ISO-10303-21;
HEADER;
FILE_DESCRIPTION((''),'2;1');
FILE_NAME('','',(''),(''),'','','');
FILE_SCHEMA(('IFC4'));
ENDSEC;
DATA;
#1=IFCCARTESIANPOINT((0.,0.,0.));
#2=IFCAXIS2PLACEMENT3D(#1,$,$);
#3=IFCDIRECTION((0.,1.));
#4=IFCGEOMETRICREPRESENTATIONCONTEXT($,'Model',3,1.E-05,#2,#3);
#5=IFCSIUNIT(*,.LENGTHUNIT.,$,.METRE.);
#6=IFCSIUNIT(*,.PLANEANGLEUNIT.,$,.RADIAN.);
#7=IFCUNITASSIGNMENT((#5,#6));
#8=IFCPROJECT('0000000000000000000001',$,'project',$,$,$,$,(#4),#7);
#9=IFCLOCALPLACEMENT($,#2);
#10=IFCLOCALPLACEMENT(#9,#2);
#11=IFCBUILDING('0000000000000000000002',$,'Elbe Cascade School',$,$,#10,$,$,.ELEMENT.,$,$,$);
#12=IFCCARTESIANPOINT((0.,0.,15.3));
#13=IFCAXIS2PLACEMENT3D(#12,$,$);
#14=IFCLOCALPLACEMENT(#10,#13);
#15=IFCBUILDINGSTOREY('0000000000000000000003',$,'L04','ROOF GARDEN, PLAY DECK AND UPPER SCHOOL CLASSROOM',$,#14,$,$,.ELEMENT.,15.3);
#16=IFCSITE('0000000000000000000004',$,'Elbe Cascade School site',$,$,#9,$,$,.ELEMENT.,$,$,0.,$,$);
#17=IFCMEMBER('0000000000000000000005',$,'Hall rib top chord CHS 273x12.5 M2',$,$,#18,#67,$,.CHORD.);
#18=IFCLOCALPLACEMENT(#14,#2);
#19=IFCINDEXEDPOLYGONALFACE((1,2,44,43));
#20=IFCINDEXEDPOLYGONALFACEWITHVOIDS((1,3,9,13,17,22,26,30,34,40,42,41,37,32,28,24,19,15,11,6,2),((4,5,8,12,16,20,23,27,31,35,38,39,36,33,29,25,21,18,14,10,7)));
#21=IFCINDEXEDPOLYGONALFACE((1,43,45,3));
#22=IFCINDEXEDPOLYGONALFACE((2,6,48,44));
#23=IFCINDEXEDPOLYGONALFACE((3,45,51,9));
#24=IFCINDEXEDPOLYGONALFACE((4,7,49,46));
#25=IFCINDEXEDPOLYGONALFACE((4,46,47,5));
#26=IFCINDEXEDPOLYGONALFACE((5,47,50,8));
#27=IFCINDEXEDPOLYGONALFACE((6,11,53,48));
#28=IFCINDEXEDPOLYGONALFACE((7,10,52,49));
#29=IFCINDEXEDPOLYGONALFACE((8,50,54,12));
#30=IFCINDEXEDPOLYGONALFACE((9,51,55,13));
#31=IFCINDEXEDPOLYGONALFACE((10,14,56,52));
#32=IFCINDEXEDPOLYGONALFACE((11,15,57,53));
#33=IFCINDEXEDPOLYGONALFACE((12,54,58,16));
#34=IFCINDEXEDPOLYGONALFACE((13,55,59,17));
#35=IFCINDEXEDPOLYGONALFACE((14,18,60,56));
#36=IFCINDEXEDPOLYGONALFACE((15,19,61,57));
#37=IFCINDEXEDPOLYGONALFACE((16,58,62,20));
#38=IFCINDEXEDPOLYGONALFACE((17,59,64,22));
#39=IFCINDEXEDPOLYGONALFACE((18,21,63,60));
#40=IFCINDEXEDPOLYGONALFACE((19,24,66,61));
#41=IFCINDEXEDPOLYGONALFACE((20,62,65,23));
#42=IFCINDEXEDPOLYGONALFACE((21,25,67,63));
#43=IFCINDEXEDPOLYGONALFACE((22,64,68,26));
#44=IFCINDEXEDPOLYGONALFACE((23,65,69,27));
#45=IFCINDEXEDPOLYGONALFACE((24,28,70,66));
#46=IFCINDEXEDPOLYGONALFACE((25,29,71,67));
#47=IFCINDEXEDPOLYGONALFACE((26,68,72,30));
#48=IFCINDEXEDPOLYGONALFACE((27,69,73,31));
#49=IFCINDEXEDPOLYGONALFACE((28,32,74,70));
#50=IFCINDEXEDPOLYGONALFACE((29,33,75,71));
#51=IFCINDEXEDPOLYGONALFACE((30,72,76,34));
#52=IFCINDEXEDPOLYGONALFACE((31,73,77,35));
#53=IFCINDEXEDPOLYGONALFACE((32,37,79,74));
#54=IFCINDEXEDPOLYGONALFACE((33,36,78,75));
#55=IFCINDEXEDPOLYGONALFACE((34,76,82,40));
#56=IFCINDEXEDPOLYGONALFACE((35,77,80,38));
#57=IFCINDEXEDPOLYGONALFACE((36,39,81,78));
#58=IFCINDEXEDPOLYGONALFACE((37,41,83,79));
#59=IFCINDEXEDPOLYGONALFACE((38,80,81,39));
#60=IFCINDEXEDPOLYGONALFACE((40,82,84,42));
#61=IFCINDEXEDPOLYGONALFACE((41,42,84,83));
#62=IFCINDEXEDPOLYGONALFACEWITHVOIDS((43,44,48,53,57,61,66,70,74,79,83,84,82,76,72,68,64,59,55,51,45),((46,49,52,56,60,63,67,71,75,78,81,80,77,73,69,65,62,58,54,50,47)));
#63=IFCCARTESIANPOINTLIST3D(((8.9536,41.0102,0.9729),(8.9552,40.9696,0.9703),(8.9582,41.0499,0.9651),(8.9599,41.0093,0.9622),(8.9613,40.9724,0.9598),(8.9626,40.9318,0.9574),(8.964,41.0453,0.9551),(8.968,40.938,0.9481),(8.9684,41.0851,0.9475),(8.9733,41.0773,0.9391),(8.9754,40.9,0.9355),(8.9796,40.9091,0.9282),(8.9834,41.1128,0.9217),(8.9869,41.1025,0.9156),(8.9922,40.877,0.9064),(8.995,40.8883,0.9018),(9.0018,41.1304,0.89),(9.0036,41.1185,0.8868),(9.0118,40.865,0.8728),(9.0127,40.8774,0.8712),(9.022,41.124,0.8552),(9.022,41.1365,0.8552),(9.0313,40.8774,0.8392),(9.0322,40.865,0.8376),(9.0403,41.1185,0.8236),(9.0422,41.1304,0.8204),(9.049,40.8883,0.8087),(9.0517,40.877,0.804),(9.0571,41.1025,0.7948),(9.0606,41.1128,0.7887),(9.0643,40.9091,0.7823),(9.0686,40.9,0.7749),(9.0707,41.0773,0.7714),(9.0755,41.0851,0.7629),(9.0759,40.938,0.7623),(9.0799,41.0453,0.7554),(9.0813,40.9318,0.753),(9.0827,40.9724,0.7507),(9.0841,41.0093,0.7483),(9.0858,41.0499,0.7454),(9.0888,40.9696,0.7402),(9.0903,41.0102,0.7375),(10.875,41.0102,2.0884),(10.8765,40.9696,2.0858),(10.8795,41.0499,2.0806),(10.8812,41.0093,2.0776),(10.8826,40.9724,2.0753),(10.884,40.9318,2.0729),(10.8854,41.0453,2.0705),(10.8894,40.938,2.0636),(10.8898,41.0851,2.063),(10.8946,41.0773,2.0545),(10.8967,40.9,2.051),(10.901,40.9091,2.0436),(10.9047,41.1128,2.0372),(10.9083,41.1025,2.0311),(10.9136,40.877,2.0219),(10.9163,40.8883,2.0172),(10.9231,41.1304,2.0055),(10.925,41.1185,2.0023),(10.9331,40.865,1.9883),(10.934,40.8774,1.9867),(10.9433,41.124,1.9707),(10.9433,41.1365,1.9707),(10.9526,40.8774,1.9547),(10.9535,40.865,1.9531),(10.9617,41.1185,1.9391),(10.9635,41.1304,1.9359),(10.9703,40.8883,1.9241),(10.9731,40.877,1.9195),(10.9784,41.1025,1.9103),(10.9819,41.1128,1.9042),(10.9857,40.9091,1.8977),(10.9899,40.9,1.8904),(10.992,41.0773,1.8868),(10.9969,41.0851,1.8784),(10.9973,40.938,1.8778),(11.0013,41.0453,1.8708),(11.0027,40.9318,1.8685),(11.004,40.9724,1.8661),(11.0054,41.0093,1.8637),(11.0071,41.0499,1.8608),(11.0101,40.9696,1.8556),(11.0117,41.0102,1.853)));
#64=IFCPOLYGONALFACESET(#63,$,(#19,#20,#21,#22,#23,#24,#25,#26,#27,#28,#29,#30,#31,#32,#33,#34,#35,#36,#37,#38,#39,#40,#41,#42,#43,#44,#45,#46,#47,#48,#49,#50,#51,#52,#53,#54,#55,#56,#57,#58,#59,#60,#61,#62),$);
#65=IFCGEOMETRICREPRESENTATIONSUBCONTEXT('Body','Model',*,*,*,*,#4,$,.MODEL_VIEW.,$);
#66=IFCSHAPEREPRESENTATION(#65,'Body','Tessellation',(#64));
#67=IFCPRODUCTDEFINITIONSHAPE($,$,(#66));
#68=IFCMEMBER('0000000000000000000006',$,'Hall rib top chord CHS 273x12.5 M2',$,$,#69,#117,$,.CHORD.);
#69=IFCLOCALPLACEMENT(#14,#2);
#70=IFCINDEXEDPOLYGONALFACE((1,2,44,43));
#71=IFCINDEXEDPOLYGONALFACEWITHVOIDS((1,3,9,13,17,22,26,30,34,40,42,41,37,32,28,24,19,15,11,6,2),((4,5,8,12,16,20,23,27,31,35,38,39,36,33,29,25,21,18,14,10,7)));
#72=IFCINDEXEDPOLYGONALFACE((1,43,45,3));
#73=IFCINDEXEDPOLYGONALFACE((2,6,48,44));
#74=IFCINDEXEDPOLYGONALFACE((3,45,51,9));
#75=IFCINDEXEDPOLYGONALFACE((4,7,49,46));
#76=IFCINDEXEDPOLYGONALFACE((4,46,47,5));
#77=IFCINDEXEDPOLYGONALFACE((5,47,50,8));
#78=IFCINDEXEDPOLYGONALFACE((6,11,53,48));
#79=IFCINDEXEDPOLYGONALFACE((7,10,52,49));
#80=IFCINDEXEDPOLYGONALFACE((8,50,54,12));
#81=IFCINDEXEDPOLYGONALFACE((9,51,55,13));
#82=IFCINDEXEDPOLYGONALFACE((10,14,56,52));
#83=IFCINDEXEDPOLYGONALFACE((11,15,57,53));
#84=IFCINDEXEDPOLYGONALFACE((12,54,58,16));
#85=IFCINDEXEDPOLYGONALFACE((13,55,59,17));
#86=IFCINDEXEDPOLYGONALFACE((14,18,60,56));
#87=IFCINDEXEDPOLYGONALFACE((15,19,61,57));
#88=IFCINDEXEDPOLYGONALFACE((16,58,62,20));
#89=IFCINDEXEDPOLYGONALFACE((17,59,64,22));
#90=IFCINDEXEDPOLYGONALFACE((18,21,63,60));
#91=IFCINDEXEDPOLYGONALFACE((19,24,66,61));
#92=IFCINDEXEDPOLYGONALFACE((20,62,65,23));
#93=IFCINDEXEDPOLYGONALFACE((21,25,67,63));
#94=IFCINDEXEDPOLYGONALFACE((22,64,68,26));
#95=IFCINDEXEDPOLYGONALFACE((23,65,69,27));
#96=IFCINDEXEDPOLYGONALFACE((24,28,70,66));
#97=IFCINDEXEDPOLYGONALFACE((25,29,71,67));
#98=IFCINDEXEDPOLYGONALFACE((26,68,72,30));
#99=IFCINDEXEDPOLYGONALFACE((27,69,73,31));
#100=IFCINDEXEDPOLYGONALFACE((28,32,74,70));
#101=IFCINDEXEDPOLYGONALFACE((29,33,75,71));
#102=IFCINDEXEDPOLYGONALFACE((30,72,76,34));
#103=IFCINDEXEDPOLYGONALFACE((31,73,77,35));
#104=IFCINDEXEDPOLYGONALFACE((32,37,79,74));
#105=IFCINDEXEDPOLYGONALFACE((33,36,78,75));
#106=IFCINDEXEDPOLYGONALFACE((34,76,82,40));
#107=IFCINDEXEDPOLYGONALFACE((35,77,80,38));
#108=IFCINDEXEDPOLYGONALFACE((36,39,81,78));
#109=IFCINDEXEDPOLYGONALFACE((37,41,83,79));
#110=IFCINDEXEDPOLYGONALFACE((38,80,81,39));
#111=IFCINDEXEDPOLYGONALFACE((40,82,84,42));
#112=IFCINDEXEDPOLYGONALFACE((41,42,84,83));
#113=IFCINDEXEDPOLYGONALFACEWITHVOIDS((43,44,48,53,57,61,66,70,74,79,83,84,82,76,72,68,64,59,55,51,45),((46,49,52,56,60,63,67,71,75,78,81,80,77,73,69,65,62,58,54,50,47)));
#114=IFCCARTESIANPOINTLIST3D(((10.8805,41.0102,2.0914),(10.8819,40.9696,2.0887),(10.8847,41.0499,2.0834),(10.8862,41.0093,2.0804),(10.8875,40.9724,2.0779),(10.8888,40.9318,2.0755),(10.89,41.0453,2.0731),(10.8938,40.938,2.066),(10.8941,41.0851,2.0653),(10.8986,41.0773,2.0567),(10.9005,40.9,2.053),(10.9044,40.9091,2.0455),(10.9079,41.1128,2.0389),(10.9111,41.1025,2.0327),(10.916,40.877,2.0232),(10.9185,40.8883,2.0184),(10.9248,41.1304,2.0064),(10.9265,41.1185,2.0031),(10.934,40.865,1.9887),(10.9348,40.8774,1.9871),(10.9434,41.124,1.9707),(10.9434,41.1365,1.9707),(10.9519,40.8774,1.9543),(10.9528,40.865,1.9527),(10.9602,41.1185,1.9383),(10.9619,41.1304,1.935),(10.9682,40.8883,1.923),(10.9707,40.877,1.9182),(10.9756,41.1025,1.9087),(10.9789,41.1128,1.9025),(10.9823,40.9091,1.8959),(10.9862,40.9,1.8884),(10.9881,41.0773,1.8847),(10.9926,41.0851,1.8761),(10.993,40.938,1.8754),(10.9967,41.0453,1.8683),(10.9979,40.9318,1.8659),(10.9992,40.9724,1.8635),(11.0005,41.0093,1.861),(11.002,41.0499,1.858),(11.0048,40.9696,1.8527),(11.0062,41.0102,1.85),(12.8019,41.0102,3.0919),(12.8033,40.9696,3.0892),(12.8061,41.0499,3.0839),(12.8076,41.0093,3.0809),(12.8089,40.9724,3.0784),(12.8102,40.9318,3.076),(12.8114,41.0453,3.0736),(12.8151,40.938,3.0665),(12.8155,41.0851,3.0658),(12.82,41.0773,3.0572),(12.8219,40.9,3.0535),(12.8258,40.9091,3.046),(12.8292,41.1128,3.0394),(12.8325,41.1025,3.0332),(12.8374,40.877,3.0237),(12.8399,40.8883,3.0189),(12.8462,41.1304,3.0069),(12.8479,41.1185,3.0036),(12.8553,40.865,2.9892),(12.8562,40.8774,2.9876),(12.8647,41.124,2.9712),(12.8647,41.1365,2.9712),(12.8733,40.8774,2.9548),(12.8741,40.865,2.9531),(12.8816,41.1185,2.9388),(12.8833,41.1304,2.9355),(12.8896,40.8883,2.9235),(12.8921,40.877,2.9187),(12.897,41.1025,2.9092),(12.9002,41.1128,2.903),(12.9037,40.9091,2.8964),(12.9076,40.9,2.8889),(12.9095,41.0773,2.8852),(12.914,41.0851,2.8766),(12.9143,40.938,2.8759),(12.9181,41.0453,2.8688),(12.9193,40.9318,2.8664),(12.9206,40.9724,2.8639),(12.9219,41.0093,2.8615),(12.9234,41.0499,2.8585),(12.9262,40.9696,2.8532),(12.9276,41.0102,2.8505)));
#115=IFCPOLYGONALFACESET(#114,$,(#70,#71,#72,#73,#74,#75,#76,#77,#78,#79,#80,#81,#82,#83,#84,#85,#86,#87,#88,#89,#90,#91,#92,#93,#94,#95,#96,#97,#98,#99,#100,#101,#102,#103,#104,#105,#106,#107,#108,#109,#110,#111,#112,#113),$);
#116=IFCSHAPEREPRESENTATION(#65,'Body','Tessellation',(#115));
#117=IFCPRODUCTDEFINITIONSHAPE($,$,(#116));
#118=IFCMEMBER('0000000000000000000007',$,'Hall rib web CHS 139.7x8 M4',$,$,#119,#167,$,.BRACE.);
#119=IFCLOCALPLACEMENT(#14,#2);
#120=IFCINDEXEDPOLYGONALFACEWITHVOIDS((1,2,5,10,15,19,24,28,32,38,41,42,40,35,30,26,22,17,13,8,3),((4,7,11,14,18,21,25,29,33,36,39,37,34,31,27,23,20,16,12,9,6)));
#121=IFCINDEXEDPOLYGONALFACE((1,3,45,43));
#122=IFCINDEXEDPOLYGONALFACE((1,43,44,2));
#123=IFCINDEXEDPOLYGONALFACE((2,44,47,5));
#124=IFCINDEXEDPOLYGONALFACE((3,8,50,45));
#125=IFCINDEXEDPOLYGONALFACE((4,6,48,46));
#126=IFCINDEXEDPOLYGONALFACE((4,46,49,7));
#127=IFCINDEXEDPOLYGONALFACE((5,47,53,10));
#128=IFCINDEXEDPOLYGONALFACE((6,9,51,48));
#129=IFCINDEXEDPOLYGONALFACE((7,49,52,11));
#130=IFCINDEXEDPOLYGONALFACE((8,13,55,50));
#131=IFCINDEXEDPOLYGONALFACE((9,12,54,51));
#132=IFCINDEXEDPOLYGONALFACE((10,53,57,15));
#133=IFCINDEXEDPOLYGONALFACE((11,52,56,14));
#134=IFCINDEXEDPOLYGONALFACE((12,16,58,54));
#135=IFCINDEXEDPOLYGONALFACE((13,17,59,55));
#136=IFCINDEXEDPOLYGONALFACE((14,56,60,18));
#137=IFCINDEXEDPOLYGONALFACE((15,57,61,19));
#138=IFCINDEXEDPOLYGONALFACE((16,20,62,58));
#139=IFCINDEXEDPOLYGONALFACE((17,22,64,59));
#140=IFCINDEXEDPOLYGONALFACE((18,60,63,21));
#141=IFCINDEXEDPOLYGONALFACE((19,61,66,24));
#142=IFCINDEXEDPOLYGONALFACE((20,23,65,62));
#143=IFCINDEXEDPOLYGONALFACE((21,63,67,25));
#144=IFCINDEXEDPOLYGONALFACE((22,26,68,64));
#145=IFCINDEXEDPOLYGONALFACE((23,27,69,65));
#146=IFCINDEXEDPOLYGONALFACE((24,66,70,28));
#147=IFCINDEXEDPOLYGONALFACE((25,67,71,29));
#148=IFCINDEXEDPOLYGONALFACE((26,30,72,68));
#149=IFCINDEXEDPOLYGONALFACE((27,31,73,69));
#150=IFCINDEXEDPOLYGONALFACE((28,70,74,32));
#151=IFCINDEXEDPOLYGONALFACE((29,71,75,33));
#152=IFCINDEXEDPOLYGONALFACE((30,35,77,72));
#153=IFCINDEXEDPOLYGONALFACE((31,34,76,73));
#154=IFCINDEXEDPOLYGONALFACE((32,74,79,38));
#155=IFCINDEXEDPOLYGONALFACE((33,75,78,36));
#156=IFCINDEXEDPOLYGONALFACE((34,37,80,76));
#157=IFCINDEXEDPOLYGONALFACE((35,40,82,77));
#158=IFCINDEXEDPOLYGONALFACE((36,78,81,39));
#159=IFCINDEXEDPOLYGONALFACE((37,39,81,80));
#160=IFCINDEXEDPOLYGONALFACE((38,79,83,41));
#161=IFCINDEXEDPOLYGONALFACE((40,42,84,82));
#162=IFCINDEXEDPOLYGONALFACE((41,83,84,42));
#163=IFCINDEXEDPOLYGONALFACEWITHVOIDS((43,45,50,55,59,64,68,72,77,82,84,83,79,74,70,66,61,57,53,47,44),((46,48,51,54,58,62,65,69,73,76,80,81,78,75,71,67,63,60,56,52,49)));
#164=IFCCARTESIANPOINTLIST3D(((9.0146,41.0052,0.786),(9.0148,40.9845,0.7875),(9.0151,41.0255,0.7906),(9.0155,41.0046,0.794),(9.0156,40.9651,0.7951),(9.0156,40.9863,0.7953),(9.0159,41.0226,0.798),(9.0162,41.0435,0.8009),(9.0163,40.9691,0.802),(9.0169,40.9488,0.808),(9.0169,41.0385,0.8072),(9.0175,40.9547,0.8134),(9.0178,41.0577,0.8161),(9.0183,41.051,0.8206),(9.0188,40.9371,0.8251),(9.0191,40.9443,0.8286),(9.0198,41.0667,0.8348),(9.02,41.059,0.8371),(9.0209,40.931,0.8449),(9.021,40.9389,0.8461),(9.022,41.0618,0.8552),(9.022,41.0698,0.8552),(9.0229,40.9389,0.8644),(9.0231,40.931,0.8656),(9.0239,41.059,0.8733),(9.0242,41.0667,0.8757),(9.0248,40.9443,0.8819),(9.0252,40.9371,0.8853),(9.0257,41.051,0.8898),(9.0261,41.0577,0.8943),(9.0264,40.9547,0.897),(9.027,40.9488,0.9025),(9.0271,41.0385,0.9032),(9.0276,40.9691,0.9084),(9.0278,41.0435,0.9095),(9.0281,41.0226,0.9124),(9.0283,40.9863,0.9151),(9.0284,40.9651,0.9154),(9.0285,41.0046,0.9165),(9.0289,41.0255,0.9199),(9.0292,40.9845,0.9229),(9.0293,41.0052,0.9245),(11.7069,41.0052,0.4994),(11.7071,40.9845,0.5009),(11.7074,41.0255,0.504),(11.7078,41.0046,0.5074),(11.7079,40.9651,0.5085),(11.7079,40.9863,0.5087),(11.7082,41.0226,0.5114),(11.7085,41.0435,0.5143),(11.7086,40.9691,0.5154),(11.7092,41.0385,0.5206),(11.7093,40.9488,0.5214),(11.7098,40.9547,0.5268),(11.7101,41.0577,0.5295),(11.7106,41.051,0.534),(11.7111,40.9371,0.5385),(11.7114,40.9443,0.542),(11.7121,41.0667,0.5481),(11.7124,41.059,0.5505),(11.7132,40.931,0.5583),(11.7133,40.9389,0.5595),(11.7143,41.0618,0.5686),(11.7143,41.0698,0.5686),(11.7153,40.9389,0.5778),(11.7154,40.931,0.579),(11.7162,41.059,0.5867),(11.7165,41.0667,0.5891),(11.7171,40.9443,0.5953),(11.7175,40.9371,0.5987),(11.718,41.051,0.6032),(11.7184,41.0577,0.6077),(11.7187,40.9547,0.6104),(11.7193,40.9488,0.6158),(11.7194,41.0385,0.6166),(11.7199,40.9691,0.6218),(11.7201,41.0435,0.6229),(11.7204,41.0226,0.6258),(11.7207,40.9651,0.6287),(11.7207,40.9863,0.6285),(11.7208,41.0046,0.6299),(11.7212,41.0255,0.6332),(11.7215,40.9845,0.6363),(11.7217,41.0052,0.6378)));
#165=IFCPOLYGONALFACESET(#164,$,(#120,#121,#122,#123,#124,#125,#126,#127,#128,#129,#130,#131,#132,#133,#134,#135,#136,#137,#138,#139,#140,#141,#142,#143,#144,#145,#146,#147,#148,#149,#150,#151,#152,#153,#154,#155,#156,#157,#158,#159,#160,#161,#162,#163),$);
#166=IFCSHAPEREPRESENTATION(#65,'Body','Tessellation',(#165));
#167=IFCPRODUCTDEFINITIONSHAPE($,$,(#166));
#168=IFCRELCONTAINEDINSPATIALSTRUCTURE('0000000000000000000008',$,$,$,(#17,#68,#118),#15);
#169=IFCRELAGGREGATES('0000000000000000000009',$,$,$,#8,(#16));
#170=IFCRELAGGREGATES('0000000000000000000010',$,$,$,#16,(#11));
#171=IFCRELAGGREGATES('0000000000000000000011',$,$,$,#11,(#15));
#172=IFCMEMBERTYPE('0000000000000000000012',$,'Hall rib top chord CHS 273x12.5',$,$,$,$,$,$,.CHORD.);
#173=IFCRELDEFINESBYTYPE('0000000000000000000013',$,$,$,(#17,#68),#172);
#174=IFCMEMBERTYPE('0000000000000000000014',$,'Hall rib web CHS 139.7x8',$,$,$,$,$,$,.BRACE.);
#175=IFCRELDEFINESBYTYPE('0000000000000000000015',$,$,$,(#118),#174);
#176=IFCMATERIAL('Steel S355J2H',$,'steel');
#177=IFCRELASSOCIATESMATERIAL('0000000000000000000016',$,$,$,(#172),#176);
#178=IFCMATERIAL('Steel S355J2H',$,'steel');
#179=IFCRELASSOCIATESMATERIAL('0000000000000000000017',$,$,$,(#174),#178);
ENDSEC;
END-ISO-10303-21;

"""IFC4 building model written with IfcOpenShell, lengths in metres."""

from ifc_helpers import new_model, si_unit, direction, frame, origin, origin_2d, place, context, subcontext, project, spatial, hollow_circle, extrude, material, material_profile, profile_set, type_object, element, save


model = new_model("IFC4")

# Units and contexts
model_context = context("Model", 3, precision=1e-05, world=origin(), true_north=direction((0.0, 1.0)))
body_context = subcontext(model_context, "Body", "Model", "MODEL_VIEW")
ifc_project = project(units=[si_unit("LENGTHUNIT", "METRE"), si_unit("PLANEANGLEUNIT", "RADIAN")], contexts=[model_context])

# Site, building, storey
site_placement = place(None, origin())
site = spatial("IfcSite", under=ifc_project, at=site_placement, Name="Elbe Cascade School site", CompositionType="ELEMENT", RefElevation=0.0)
building_placement = place(site_placement, origin())
building = spatial("IfcBuilding", under=site, at=building_placement, Name="Elbe Cascade School", CompositionType="ELEMENT")
storey_placement = place(building_placement, frame((0.0, 0.0, 15.3)))
storey = spatial("IfcBuildingStorey", under=building, at=storey_placement, Name="L04", Description="ROOF GARDEN, PLAY DECK AND UPPER SCHOOL CLASSROOM", CompositionType="ELEMENT", Elevation=15.3)

# Members
ifc_material_1 = material(Name="Steel S355J2H", Category="steel")
ifc_material_profile_1 = material_profile(ifc_material_1, hollow_circle(Radius=0.1365, WallThickness=0.0125, at=origin_2d()), Name="CHS 273x12.5")
ifc_profile_set_1 = profile_set([ifc_material_profile_1], Name="Steel S355J2H")
member_type_1 = type_object("IfcMemberType", Name="Hall rib top chord CHS 273x12.5", PredefinedType="CHORD", material=ifc_profile_set_1)
member_1_placement = place(storey_placement, frame((9.022, 41.0, 0.8552), z_axis=(0.864821, 0.0, 0.50208), x_axis=(0.0, 1.0, 0.0)))
element("IfcMember", 1, at=member_1_placement, inside=storey, type_object=member_type_1, Name="Hall rib top chord CHS 273x12.5 M2", PredefinedType="CHORD", context=body_context, shape_type="SweptSolid", body=[
    extrude(hollow_circle(Radius=0.1365, WallThickness=0.0125, at=origin_2d()), origin(), (0.0, 0.0, 1.0), 2.2217),
])
member_2_placement = place(storey_placement, frame((10.9434, 41.0, 1.9707), z_axis=(0.886958, 0.0, 0.461849), x_axis=(0.0, 1.0, 0.0)))
element("IfcMember", 2, at=member_2_placement, inside=storey, type_object=member_type_1, Name="Hall rib top chord CHS 273x12.5 M2", PredefinedType="CHORD", context=body_context, shape_type="SweptSolid", body=[
    extrude(hollow_circle(Radius=0.1365, WallThickness=0.0125, at=origin_2d()), origin(), (0.0, 0.0, 1.0), 2.1663),
])
ifc_material_2 = material(Name="Steel S355J2H", Category="steel")
ifc_material_profile_2 = material_profile(ifc_material_2, hollow_circle(Radius=0.0698, WallThickness=0.0081, at=origin_2d()), Name="CHS 139.7x8")
ifc_profile_set_2 = profile_set([ifc_material_profile_2], Name="Steel S355J2H")
member_type_2 = type_object("IfcMemberType", Name="Hall rib web CHS 139.7x8", PredefinedType="BRACE", material=ifc_profile_set_2)
member_3_placement = place(storey_placement, frame((9.022, 41.0, 0.8552), z_axis=(0.994381, 0.0, -0.105858), x_axis=(0.0, 1.0, 0.0)))
element("IfcMember", 3, at=member_3_placement, inside=storey, type_object=member_type_2, Name="Hall rib web CHS 139.7x8 M4", PredefinedType="BRACE", context=body_context, shape_type="SweptSolid", body=[
    extrude(hollow_circle(Radius=0.0698, WallThickness=0.0081, at=origin_2d()), origin(), (0.0, 0.0, 1.0), 2.7075),
])

save(model, "model.ifc")
